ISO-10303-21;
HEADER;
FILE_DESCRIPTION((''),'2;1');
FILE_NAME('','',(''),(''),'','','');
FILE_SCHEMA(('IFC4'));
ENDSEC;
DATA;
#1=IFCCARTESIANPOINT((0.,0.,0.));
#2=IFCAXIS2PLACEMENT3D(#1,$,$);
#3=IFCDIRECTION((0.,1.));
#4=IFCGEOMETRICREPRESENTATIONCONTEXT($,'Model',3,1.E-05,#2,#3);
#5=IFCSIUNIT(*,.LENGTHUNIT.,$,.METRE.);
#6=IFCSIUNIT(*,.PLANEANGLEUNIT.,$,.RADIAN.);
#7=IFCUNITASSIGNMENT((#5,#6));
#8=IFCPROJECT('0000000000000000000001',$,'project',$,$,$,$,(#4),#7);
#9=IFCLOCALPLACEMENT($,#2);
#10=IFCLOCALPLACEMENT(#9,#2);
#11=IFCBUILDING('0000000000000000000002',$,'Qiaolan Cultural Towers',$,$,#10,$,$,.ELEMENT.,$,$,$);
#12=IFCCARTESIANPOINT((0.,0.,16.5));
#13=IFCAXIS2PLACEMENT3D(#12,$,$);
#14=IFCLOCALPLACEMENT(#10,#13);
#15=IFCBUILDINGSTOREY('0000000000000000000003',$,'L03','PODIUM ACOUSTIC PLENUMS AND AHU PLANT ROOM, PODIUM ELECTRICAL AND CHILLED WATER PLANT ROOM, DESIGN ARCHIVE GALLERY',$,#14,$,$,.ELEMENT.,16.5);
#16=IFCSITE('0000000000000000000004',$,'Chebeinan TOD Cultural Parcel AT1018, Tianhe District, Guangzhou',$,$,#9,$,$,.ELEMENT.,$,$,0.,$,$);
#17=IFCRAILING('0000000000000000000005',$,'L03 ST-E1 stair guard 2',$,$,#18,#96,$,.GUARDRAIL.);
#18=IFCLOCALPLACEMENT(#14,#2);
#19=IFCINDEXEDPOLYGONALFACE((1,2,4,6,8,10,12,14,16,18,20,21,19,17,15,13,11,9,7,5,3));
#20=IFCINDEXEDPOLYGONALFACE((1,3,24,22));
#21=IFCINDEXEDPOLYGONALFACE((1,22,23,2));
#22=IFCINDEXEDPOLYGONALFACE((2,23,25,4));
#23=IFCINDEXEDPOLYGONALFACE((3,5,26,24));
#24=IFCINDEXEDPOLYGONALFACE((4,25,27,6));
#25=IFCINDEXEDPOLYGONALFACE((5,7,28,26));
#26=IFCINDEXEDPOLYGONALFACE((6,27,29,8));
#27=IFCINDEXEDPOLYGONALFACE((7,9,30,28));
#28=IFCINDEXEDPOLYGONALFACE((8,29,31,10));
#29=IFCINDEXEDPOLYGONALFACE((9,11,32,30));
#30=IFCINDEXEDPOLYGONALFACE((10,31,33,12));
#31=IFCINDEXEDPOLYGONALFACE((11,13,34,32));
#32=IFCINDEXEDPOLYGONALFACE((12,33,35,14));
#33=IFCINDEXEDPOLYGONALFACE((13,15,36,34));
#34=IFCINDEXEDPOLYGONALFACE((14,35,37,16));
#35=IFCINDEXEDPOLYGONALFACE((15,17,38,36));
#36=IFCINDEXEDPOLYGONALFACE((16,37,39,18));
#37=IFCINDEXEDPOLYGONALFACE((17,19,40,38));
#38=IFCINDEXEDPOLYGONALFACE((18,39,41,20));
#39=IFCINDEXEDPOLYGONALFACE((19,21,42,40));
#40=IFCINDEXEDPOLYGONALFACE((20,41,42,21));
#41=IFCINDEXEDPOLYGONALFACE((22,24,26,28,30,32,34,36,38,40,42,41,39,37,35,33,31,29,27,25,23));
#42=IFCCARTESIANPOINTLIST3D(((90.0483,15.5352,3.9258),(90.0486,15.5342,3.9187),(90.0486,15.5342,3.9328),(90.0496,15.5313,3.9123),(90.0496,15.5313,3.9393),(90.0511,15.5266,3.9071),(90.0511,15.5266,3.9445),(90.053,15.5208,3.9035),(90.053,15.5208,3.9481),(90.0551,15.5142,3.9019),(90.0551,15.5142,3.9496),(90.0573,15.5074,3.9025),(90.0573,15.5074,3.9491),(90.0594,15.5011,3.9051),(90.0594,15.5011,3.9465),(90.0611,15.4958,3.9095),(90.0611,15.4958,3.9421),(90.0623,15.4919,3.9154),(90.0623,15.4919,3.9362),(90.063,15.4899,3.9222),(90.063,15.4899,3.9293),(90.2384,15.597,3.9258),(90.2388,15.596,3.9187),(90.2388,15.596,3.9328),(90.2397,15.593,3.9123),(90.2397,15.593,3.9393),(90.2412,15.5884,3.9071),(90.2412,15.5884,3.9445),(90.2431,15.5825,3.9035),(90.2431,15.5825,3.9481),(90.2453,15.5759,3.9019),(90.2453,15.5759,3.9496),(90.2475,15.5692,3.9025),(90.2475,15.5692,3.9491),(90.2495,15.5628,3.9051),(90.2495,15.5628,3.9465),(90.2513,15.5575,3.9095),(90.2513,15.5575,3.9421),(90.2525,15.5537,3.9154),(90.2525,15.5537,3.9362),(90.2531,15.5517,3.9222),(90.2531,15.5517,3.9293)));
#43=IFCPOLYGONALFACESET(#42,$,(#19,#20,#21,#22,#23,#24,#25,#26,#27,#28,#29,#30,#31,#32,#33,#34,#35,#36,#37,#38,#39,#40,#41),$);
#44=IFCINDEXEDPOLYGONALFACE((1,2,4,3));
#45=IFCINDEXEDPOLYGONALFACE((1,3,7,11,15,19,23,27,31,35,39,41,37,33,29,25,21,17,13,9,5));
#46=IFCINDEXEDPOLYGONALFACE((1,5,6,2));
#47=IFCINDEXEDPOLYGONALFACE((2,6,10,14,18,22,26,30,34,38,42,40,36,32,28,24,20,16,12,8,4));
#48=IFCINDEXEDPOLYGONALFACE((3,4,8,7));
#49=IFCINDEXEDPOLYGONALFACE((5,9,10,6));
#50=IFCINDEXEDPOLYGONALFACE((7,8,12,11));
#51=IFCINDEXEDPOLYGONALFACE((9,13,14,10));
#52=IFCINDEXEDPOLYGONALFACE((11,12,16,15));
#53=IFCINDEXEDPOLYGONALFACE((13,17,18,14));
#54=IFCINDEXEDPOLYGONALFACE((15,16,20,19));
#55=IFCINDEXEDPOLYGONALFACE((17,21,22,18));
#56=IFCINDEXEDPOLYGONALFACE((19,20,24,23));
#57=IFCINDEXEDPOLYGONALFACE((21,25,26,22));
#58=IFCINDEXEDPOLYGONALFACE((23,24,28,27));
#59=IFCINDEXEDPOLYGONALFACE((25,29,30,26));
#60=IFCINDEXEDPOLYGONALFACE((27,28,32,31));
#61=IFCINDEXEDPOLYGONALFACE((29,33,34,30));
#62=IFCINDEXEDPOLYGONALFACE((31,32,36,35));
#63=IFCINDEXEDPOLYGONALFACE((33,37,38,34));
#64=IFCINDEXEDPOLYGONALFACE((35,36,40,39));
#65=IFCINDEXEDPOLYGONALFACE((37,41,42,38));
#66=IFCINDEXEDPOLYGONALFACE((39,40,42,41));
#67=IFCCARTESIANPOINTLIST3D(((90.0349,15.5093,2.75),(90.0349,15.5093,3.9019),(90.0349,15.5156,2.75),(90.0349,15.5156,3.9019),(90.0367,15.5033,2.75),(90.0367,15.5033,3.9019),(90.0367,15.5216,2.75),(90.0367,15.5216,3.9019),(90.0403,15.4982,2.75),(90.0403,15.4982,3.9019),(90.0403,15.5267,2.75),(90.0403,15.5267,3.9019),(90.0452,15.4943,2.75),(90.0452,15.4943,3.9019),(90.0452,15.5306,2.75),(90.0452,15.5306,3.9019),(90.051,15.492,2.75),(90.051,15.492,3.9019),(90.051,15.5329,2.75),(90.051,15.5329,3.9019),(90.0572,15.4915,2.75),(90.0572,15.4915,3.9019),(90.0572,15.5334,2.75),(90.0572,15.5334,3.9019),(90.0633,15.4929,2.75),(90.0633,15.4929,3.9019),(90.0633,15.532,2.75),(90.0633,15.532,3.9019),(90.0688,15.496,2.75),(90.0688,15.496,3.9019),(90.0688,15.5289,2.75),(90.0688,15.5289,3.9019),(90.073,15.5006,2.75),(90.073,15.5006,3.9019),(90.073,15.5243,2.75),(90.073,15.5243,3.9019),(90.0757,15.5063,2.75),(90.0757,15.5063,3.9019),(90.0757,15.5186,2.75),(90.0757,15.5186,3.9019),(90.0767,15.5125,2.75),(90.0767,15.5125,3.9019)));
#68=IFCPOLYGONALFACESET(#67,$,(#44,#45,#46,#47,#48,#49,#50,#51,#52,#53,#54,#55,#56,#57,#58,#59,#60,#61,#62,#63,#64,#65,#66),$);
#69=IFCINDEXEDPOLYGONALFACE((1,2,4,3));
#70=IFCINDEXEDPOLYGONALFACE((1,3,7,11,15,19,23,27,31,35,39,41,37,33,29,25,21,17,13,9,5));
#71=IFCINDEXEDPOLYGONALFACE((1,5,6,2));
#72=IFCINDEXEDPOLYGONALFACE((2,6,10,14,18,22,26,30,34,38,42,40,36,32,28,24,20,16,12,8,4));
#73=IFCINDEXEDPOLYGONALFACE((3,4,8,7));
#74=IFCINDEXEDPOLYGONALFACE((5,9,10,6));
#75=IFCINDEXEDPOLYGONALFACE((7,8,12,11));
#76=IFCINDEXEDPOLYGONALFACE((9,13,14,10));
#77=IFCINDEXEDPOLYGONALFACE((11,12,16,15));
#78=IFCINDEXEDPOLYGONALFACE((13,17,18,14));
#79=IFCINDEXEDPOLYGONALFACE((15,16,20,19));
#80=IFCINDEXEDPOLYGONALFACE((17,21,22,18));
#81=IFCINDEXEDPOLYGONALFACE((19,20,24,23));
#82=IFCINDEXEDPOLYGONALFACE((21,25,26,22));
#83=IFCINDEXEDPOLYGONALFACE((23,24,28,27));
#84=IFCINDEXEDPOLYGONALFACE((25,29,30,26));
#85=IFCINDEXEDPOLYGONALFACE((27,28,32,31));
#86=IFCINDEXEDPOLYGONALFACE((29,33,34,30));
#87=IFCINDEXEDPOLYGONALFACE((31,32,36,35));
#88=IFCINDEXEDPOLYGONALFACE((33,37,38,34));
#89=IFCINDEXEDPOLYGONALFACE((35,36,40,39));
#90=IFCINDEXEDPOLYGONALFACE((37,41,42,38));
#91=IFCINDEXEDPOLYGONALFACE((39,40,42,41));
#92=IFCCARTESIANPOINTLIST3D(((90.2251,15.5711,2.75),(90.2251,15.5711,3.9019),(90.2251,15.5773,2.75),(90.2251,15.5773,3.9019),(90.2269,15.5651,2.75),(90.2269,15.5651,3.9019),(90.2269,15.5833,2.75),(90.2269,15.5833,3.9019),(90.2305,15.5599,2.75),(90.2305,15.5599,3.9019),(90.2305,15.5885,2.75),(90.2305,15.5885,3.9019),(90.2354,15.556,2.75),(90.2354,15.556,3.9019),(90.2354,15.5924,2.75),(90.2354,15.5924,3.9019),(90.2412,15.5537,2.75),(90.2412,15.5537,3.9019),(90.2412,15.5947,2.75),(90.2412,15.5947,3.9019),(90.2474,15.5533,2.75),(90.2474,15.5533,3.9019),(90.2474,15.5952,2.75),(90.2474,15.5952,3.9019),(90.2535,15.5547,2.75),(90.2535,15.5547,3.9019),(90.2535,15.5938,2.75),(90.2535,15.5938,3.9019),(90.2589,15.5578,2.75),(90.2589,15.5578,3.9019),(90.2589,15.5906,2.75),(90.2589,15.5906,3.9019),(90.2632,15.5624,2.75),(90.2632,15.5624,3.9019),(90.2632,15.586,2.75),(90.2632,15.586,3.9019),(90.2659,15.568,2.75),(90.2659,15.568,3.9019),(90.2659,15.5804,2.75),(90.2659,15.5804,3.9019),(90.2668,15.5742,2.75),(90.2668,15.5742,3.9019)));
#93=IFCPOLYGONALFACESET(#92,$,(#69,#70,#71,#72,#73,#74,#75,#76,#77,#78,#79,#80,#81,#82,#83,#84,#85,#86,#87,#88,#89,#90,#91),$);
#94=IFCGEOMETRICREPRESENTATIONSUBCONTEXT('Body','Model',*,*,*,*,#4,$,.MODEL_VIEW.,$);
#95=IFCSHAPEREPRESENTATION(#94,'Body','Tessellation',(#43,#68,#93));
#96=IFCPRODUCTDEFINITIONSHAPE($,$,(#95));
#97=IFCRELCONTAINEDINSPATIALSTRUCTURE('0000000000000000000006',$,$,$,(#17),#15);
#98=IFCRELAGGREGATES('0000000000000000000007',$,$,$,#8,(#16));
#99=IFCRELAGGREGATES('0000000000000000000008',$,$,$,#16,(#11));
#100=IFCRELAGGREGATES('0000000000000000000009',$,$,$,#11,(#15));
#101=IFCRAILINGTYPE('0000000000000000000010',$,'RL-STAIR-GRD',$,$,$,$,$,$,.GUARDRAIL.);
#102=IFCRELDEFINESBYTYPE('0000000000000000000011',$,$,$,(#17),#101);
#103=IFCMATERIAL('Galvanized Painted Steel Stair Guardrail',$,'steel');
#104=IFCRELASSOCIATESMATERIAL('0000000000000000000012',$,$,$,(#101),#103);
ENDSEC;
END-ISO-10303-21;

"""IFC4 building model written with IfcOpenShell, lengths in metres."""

from ifc_helpers import new_model, si_unit, direction, frame, origin, origin_2d, place, context, subcontext, project, spatial, circle, extrude, material, type_object, element, save


model = new_model("IFC4")

# Units and contexts
model_context = context("Model", 3, precision=1e-05, world=origin(), true_north=direction((0.0, 1.0)))
body_context = subcontext(model_context, "Body", "Model", "MODEL_VIEW")
ifc_project = project(units=[si_unit("LENGTHUNIT", "METRE"), si_unit("PLANEANGLEUNIT", "RADIAN")], contexts=[model_context])

# Site, building, storey
site_placement = place(None, origin())
site = spatial("IfcSite", under=ifc_project, at=site_placement, Name="Chebeinan TOD Cultural Parcel AT1018, Tianhe District, Guangzhou", CompositionType="ELEMENT", RefElevation=0.0)
building_placement = place(site_placement, origin())
building = spatial("IfcBuilding", under=site, at=building_placement, Name="Qiaolan Cultural Towers", CompositionType="ELEMENT")
storey_placement = place(building_placement, frame((0.0, 0.0, 16.5)))
storey = spatial("IfcBuildingStorey", under=building, at=storey_placement, Name="L03", Description="PODIUM ACOUSTIC PLENUMS AND AHU PLANT ROOM, PODIUM ELECTRICAL AND CHILLED WATER PLANT ROOM, DESIGN ARCHIVE GALLERY", CompositionType="ELEMENT", Elevation=16.5)

# Railing
ifc_material_1 = material(Name="Galvanized Painted Steel Stair Guardrail", Category="steel")
railing_type_1 = type_object("IfcRailingType", Name="RL-STAIR-GRD", PredefinedType="GUARDRAIL", material=ifc_material_1)
railing_1_placement = place(storey_placement, frame((90.0557, 15.5125, 2.75)))
element("IfcRailing", 1, at=railing_1_placement, inside=storey, type_object=railing_type_1, Name="L03 ST-E1 stair guard 2", PredefinedType="GUARDRAIL", context=body_context, shape_type="SweptSolid", body=[
    extrude(circle(Radius=0.0239, at=origin_2d()), frame((0.0, 0.0, 1.1758), z_axis=(0.951097, 0.308893, 0.0), x_axis=(-0.308893, 0.951097, 0.0)), (0.0, 0.0, 1.0), 0.2),
    extrude(circle(Radius=0.021, at=origin_2d()), origin(), (0.0, 0.0, 1.0), 1.1519),
    extrude(circle(Radius=0.021, at=origin_2d()), frame((0.1902, 0.0618, 0.0)), (0.0, 0.0, 1.0), 1.1519),
])

save(model, "model.ifc")
